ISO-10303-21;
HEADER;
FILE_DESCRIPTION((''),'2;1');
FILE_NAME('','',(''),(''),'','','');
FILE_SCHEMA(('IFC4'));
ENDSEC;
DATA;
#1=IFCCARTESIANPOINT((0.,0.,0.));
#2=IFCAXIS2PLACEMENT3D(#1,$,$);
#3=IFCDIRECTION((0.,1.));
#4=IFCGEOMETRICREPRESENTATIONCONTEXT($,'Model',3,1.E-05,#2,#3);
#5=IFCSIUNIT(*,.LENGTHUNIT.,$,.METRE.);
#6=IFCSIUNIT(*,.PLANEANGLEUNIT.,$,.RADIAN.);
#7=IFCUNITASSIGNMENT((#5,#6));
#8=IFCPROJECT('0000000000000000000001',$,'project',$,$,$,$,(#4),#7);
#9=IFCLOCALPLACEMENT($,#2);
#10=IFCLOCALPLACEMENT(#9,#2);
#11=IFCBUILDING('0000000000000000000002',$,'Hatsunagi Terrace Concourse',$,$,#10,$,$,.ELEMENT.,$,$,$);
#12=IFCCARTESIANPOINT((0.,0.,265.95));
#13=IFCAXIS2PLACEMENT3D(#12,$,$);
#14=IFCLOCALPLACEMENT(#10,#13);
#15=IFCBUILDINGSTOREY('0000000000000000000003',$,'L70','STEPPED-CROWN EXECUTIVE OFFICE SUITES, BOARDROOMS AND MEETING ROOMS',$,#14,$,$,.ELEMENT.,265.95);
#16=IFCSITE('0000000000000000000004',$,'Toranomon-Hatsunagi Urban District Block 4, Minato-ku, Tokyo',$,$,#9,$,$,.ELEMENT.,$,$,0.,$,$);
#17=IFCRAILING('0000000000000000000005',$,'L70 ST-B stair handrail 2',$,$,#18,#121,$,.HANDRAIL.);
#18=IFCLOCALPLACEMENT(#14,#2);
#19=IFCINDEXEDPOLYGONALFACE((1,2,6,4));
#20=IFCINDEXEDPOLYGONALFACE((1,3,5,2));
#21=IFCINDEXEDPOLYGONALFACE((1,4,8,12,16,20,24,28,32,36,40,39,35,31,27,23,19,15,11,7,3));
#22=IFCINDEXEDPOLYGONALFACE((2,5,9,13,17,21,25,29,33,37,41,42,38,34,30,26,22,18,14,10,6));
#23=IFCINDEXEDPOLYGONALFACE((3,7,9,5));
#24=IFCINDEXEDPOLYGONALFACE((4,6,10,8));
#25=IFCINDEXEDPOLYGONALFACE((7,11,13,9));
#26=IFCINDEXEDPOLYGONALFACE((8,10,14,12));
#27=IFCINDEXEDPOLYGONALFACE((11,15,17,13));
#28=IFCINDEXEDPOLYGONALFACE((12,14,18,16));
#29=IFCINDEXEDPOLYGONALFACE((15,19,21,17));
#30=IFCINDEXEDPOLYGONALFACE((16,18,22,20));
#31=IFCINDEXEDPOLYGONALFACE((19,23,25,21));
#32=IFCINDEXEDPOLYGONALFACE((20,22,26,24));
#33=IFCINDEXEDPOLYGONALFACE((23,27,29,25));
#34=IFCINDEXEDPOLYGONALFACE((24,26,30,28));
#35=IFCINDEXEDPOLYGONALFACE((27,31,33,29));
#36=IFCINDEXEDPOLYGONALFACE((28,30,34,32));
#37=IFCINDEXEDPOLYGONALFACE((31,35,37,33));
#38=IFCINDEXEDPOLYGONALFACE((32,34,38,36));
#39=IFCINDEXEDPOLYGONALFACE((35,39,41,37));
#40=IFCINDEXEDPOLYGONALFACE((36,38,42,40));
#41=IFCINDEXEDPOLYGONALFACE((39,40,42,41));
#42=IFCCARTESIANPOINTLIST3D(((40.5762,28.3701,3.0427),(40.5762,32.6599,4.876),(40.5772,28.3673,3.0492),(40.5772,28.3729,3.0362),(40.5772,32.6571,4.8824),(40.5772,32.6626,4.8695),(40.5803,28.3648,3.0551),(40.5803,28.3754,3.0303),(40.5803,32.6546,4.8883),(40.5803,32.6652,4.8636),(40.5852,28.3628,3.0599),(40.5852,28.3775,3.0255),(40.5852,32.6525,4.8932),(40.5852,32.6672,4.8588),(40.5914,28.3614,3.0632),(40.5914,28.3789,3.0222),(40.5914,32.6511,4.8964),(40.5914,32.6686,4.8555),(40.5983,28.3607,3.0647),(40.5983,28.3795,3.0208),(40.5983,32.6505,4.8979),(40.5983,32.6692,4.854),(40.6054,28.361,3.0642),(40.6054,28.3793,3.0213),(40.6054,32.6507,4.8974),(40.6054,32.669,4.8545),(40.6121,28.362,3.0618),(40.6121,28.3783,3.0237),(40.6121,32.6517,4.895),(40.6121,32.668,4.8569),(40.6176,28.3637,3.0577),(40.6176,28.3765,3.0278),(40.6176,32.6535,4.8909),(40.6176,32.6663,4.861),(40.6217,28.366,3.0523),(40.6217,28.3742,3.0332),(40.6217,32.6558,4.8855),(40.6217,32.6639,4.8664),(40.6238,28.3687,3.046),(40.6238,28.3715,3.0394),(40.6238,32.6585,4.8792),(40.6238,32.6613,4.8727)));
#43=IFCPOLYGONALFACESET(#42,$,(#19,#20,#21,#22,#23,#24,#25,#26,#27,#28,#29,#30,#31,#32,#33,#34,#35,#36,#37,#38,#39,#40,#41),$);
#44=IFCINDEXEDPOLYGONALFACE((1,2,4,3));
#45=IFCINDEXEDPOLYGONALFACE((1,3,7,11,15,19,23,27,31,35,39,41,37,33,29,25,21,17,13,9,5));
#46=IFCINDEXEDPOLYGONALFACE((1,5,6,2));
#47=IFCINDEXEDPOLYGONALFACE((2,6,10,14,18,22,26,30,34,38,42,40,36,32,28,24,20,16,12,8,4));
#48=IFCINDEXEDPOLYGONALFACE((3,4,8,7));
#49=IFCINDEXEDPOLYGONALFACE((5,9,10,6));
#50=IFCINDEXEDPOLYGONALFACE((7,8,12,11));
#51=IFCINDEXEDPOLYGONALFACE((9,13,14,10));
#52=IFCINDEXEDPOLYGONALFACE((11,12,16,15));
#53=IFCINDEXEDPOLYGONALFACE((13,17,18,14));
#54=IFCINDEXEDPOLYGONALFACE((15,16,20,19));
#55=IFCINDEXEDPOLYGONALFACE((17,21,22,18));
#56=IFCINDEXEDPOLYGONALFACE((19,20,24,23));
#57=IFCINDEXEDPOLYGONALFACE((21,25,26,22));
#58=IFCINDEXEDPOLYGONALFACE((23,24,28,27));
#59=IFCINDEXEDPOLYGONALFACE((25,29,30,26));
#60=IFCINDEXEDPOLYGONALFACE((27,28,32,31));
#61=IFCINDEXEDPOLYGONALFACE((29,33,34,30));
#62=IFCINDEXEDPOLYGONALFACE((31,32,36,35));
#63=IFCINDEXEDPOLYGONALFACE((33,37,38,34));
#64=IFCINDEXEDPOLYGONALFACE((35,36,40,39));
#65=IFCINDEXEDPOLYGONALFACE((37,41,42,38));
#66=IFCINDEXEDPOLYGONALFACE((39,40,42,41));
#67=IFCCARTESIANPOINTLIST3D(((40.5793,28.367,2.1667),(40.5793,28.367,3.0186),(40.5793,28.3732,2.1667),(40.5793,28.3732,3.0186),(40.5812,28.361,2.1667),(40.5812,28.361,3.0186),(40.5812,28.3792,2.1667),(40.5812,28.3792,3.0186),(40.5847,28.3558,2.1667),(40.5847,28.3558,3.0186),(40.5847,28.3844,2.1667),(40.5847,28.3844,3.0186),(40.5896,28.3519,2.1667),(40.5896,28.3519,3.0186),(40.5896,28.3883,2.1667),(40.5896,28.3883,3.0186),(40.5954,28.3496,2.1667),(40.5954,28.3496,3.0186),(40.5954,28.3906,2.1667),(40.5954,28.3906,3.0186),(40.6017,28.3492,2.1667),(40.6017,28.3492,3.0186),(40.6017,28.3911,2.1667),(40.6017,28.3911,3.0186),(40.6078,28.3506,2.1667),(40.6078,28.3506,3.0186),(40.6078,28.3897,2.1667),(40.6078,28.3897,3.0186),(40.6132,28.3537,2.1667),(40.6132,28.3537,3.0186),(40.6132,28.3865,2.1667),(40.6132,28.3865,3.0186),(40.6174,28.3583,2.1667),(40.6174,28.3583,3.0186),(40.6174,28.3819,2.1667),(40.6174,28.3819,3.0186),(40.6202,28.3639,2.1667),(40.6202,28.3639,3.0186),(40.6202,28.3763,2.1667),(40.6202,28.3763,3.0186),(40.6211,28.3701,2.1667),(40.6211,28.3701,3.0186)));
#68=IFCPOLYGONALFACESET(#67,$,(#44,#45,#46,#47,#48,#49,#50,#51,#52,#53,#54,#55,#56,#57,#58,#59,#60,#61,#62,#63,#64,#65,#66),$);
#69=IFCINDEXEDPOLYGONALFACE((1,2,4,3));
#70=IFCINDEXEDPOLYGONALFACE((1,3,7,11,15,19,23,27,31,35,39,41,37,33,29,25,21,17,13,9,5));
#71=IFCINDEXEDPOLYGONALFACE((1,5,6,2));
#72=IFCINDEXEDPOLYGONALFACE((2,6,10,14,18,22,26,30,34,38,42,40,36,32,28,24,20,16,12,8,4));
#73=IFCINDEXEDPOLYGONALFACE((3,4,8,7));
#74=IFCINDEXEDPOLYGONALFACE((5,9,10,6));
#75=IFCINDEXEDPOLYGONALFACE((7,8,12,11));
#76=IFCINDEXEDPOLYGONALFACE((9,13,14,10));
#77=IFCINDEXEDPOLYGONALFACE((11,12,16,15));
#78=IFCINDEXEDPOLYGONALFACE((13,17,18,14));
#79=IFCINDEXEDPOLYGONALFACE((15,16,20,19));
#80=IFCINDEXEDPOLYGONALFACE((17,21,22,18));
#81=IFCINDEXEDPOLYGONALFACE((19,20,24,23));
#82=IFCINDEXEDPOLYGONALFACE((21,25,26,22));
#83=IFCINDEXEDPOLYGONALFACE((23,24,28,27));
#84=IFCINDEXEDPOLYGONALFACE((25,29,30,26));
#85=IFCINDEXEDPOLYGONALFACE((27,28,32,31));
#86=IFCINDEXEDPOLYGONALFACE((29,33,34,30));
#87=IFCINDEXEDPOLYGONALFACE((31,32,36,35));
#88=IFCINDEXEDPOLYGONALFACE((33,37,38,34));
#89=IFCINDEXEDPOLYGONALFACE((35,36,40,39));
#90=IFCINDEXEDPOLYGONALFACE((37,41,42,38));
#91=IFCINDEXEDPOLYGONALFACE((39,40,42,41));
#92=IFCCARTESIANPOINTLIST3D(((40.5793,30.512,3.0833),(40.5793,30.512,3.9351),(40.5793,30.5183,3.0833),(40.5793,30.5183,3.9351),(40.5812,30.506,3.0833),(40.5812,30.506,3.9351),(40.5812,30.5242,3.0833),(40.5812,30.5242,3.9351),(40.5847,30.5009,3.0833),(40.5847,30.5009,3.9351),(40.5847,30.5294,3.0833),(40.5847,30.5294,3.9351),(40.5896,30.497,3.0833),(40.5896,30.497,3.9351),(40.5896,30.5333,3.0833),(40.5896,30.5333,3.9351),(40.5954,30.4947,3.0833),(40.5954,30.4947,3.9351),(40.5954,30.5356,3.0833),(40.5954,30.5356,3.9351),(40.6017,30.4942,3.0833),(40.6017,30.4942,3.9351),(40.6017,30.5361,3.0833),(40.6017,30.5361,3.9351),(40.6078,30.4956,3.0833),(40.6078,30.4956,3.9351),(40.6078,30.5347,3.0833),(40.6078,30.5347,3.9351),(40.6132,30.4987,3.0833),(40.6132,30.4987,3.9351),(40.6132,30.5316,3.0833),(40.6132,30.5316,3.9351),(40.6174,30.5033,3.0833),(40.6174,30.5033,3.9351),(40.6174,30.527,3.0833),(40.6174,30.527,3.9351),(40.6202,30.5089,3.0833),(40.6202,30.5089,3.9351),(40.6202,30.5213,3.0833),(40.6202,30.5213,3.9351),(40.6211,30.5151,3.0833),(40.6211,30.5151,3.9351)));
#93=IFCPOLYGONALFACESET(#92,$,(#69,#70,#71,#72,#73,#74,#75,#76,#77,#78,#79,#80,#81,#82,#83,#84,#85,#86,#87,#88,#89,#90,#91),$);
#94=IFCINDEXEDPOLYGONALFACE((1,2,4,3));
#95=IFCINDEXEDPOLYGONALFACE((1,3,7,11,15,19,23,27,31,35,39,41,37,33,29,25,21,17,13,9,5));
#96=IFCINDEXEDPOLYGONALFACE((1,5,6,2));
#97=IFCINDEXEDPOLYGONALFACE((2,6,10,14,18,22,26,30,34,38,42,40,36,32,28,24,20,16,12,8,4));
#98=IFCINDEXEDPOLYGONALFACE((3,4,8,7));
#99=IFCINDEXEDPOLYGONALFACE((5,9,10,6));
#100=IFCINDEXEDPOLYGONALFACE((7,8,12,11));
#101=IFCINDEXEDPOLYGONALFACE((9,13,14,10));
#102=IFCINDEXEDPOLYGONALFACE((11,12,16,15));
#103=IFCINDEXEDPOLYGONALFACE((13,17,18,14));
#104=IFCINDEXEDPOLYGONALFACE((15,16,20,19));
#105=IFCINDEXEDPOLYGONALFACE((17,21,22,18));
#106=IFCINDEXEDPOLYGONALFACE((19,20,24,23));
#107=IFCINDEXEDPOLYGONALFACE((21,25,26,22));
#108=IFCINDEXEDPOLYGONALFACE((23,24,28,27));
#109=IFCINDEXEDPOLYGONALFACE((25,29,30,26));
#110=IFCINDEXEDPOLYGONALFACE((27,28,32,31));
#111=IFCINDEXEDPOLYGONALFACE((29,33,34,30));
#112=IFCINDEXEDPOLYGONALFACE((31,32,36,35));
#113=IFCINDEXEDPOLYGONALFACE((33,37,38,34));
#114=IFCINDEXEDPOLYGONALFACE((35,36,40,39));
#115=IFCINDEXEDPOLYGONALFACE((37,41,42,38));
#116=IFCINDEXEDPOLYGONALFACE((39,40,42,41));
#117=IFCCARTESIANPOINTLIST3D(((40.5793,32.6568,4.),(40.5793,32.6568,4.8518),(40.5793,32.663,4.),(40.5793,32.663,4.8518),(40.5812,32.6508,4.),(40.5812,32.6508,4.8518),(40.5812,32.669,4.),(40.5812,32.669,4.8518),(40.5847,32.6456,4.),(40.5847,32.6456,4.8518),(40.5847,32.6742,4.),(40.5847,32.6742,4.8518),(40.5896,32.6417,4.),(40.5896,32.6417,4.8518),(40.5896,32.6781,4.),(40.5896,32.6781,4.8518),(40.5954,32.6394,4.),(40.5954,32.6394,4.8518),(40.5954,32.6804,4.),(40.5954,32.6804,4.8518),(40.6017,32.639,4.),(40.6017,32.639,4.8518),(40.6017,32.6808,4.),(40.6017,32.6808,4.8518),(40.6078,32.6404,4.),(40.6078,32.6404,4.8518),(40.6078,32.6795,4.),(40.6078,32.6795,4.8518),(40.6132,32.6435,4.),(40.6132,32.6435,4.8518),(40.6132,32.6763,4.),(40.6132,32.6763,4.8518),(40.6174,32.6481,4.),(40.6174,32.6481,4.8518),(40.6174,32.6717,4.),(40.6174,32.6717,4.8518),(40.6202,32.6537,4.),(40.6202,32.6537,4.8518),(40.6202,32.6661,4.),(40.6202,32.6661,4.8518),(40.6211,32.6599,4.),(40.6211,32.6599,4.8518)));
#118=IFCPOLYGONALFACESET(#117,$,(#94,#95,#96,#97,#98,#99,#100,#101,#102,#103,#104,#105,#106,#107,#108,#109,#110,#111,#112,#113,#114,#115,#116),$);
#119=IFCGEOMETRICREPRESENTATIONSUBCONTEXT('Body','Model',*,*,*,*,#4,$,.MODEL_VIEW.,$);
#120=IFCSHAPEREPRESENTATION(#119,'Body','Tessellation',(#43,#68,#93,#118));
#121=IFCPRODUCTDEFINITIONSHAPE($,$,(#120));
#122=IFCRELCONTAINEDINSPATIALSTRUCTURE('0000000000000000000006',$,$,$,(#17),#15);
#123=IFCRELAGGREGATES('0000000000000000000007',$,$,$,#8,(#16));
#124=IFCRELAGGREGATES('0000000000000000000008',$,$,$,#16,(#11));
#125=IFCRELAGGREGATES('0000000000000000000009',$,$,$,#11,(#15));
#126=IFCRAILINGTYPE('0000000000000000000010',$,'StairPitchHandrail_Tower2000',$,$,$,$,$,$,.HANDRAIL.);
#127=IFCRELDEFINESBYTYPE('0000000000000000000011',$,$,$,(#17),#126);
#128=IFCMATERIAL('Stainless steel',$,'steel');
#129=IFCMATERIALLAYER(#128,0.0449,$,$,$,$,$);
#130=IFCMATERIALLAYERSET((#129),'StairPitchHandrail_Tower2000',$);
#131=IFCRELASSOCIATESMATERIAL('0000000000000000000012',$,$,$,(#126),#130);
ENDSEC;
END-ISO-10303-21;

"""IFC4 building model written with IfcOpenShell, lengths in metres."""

from ifc_helpers import new_model, si_unit, direction, frame, origin, origin_2d, place, context, subcontext, project, spatial, circle, extrude, material, layer, layer_set, type_object, element, save


model = new_model("IFC4")

# Units and contexts
model_context = context("Model", 3, precision=1e-05, world=origin(), true_north=direction((0.0, 1.0)))
body_context = subcontext(model_context, "Body", "Model", "MODEL_VIEW")
ifc_project = project(units=[si_unit("LENGTHUNIT", "METRE"), si_unit("PLANEANGLEUNIT", "RADIAN")], contexts=[model_context])

# Site, building, storey
site_placement = place(None, origin())
site = spatial("IfcSite", under=ifc_project, at=site_placement, Name="Toranomon-Hatsunagi Urban District Block 4, Minato-ku, Tokyo", CompositionType="ELEMENT", RefElevation=0.0)
building_placement = place(site_placement, origin())
building = spatial("IfcBuilding", under=site, at=building_placement, Name="Hatsunagi Terrace Concourse", CompositionType="ELEMENT")
storey_placement = place(building_placement, frame((0.0, 0.0, 265.95)))
storey = spatial("IfcBuildingStorey", under=building, at=storey_placement, Name="L70", Description="STEPPED-CROWN EXECUTIVE OFFICE SUITES, BOARDROOMS AND MEETING ROOMS", CompositionType="ELEMENT", Elevation=265.95)

# Railing
ifc_material_1 = material(Name="Stainless steel", Category="steel")
ifc_layer_1 = layer(ifc_material_1, 0.0449)
ifc_layer_set_1 = layer_set([ifc_layer_1], Name="StairPitchHandrail_Tower2000")
railing_type_1 = type_object("IfcRailingType", Name="StairPitchHandrail_Tower2000", PredefinedType="HANDRAIL", material=ifc_layer_set_1)
railing_1_placement = place(storey_placement, frame((40.6001, 28.3701, 2.1667)))
element("IfcRailing", 1, at=railing_1_placement, inside=storey, type_object=railing_type_1, Name="L70 ST-B stair handrail 2", PredefinedType="HANDRAIL", context=body_context, shape_type="SweptSolid", body=[
    extrude(circle(Radius=0.0239, at=origin_2d()), frame((0.0, 0.0, 0.876), z_axis=(0.0, 0.919551, 0.392972), x_axis=(-1.0, 0.0, 0.0)), (0.0, 0.0, 1.0), 4.665),
    extrude(circle(Radius=0.021, at=origin_2d()), origin(), (0.0, 0.0, 1.0), 0.8518),
    extrude(circle(Radius=0.021, at=origin_2d()), frame((0.0, 2.145, 0.9165)), (0.0, 0.0, 1.0), 0.8518),
    extrude(circle(Radius=0.021, at=origin_2d()), frame((0.0, 4.2898, 1.8333)), (0.0, 0.0, 1.0), 0.8518),
])

save(model, "model.ifc")
